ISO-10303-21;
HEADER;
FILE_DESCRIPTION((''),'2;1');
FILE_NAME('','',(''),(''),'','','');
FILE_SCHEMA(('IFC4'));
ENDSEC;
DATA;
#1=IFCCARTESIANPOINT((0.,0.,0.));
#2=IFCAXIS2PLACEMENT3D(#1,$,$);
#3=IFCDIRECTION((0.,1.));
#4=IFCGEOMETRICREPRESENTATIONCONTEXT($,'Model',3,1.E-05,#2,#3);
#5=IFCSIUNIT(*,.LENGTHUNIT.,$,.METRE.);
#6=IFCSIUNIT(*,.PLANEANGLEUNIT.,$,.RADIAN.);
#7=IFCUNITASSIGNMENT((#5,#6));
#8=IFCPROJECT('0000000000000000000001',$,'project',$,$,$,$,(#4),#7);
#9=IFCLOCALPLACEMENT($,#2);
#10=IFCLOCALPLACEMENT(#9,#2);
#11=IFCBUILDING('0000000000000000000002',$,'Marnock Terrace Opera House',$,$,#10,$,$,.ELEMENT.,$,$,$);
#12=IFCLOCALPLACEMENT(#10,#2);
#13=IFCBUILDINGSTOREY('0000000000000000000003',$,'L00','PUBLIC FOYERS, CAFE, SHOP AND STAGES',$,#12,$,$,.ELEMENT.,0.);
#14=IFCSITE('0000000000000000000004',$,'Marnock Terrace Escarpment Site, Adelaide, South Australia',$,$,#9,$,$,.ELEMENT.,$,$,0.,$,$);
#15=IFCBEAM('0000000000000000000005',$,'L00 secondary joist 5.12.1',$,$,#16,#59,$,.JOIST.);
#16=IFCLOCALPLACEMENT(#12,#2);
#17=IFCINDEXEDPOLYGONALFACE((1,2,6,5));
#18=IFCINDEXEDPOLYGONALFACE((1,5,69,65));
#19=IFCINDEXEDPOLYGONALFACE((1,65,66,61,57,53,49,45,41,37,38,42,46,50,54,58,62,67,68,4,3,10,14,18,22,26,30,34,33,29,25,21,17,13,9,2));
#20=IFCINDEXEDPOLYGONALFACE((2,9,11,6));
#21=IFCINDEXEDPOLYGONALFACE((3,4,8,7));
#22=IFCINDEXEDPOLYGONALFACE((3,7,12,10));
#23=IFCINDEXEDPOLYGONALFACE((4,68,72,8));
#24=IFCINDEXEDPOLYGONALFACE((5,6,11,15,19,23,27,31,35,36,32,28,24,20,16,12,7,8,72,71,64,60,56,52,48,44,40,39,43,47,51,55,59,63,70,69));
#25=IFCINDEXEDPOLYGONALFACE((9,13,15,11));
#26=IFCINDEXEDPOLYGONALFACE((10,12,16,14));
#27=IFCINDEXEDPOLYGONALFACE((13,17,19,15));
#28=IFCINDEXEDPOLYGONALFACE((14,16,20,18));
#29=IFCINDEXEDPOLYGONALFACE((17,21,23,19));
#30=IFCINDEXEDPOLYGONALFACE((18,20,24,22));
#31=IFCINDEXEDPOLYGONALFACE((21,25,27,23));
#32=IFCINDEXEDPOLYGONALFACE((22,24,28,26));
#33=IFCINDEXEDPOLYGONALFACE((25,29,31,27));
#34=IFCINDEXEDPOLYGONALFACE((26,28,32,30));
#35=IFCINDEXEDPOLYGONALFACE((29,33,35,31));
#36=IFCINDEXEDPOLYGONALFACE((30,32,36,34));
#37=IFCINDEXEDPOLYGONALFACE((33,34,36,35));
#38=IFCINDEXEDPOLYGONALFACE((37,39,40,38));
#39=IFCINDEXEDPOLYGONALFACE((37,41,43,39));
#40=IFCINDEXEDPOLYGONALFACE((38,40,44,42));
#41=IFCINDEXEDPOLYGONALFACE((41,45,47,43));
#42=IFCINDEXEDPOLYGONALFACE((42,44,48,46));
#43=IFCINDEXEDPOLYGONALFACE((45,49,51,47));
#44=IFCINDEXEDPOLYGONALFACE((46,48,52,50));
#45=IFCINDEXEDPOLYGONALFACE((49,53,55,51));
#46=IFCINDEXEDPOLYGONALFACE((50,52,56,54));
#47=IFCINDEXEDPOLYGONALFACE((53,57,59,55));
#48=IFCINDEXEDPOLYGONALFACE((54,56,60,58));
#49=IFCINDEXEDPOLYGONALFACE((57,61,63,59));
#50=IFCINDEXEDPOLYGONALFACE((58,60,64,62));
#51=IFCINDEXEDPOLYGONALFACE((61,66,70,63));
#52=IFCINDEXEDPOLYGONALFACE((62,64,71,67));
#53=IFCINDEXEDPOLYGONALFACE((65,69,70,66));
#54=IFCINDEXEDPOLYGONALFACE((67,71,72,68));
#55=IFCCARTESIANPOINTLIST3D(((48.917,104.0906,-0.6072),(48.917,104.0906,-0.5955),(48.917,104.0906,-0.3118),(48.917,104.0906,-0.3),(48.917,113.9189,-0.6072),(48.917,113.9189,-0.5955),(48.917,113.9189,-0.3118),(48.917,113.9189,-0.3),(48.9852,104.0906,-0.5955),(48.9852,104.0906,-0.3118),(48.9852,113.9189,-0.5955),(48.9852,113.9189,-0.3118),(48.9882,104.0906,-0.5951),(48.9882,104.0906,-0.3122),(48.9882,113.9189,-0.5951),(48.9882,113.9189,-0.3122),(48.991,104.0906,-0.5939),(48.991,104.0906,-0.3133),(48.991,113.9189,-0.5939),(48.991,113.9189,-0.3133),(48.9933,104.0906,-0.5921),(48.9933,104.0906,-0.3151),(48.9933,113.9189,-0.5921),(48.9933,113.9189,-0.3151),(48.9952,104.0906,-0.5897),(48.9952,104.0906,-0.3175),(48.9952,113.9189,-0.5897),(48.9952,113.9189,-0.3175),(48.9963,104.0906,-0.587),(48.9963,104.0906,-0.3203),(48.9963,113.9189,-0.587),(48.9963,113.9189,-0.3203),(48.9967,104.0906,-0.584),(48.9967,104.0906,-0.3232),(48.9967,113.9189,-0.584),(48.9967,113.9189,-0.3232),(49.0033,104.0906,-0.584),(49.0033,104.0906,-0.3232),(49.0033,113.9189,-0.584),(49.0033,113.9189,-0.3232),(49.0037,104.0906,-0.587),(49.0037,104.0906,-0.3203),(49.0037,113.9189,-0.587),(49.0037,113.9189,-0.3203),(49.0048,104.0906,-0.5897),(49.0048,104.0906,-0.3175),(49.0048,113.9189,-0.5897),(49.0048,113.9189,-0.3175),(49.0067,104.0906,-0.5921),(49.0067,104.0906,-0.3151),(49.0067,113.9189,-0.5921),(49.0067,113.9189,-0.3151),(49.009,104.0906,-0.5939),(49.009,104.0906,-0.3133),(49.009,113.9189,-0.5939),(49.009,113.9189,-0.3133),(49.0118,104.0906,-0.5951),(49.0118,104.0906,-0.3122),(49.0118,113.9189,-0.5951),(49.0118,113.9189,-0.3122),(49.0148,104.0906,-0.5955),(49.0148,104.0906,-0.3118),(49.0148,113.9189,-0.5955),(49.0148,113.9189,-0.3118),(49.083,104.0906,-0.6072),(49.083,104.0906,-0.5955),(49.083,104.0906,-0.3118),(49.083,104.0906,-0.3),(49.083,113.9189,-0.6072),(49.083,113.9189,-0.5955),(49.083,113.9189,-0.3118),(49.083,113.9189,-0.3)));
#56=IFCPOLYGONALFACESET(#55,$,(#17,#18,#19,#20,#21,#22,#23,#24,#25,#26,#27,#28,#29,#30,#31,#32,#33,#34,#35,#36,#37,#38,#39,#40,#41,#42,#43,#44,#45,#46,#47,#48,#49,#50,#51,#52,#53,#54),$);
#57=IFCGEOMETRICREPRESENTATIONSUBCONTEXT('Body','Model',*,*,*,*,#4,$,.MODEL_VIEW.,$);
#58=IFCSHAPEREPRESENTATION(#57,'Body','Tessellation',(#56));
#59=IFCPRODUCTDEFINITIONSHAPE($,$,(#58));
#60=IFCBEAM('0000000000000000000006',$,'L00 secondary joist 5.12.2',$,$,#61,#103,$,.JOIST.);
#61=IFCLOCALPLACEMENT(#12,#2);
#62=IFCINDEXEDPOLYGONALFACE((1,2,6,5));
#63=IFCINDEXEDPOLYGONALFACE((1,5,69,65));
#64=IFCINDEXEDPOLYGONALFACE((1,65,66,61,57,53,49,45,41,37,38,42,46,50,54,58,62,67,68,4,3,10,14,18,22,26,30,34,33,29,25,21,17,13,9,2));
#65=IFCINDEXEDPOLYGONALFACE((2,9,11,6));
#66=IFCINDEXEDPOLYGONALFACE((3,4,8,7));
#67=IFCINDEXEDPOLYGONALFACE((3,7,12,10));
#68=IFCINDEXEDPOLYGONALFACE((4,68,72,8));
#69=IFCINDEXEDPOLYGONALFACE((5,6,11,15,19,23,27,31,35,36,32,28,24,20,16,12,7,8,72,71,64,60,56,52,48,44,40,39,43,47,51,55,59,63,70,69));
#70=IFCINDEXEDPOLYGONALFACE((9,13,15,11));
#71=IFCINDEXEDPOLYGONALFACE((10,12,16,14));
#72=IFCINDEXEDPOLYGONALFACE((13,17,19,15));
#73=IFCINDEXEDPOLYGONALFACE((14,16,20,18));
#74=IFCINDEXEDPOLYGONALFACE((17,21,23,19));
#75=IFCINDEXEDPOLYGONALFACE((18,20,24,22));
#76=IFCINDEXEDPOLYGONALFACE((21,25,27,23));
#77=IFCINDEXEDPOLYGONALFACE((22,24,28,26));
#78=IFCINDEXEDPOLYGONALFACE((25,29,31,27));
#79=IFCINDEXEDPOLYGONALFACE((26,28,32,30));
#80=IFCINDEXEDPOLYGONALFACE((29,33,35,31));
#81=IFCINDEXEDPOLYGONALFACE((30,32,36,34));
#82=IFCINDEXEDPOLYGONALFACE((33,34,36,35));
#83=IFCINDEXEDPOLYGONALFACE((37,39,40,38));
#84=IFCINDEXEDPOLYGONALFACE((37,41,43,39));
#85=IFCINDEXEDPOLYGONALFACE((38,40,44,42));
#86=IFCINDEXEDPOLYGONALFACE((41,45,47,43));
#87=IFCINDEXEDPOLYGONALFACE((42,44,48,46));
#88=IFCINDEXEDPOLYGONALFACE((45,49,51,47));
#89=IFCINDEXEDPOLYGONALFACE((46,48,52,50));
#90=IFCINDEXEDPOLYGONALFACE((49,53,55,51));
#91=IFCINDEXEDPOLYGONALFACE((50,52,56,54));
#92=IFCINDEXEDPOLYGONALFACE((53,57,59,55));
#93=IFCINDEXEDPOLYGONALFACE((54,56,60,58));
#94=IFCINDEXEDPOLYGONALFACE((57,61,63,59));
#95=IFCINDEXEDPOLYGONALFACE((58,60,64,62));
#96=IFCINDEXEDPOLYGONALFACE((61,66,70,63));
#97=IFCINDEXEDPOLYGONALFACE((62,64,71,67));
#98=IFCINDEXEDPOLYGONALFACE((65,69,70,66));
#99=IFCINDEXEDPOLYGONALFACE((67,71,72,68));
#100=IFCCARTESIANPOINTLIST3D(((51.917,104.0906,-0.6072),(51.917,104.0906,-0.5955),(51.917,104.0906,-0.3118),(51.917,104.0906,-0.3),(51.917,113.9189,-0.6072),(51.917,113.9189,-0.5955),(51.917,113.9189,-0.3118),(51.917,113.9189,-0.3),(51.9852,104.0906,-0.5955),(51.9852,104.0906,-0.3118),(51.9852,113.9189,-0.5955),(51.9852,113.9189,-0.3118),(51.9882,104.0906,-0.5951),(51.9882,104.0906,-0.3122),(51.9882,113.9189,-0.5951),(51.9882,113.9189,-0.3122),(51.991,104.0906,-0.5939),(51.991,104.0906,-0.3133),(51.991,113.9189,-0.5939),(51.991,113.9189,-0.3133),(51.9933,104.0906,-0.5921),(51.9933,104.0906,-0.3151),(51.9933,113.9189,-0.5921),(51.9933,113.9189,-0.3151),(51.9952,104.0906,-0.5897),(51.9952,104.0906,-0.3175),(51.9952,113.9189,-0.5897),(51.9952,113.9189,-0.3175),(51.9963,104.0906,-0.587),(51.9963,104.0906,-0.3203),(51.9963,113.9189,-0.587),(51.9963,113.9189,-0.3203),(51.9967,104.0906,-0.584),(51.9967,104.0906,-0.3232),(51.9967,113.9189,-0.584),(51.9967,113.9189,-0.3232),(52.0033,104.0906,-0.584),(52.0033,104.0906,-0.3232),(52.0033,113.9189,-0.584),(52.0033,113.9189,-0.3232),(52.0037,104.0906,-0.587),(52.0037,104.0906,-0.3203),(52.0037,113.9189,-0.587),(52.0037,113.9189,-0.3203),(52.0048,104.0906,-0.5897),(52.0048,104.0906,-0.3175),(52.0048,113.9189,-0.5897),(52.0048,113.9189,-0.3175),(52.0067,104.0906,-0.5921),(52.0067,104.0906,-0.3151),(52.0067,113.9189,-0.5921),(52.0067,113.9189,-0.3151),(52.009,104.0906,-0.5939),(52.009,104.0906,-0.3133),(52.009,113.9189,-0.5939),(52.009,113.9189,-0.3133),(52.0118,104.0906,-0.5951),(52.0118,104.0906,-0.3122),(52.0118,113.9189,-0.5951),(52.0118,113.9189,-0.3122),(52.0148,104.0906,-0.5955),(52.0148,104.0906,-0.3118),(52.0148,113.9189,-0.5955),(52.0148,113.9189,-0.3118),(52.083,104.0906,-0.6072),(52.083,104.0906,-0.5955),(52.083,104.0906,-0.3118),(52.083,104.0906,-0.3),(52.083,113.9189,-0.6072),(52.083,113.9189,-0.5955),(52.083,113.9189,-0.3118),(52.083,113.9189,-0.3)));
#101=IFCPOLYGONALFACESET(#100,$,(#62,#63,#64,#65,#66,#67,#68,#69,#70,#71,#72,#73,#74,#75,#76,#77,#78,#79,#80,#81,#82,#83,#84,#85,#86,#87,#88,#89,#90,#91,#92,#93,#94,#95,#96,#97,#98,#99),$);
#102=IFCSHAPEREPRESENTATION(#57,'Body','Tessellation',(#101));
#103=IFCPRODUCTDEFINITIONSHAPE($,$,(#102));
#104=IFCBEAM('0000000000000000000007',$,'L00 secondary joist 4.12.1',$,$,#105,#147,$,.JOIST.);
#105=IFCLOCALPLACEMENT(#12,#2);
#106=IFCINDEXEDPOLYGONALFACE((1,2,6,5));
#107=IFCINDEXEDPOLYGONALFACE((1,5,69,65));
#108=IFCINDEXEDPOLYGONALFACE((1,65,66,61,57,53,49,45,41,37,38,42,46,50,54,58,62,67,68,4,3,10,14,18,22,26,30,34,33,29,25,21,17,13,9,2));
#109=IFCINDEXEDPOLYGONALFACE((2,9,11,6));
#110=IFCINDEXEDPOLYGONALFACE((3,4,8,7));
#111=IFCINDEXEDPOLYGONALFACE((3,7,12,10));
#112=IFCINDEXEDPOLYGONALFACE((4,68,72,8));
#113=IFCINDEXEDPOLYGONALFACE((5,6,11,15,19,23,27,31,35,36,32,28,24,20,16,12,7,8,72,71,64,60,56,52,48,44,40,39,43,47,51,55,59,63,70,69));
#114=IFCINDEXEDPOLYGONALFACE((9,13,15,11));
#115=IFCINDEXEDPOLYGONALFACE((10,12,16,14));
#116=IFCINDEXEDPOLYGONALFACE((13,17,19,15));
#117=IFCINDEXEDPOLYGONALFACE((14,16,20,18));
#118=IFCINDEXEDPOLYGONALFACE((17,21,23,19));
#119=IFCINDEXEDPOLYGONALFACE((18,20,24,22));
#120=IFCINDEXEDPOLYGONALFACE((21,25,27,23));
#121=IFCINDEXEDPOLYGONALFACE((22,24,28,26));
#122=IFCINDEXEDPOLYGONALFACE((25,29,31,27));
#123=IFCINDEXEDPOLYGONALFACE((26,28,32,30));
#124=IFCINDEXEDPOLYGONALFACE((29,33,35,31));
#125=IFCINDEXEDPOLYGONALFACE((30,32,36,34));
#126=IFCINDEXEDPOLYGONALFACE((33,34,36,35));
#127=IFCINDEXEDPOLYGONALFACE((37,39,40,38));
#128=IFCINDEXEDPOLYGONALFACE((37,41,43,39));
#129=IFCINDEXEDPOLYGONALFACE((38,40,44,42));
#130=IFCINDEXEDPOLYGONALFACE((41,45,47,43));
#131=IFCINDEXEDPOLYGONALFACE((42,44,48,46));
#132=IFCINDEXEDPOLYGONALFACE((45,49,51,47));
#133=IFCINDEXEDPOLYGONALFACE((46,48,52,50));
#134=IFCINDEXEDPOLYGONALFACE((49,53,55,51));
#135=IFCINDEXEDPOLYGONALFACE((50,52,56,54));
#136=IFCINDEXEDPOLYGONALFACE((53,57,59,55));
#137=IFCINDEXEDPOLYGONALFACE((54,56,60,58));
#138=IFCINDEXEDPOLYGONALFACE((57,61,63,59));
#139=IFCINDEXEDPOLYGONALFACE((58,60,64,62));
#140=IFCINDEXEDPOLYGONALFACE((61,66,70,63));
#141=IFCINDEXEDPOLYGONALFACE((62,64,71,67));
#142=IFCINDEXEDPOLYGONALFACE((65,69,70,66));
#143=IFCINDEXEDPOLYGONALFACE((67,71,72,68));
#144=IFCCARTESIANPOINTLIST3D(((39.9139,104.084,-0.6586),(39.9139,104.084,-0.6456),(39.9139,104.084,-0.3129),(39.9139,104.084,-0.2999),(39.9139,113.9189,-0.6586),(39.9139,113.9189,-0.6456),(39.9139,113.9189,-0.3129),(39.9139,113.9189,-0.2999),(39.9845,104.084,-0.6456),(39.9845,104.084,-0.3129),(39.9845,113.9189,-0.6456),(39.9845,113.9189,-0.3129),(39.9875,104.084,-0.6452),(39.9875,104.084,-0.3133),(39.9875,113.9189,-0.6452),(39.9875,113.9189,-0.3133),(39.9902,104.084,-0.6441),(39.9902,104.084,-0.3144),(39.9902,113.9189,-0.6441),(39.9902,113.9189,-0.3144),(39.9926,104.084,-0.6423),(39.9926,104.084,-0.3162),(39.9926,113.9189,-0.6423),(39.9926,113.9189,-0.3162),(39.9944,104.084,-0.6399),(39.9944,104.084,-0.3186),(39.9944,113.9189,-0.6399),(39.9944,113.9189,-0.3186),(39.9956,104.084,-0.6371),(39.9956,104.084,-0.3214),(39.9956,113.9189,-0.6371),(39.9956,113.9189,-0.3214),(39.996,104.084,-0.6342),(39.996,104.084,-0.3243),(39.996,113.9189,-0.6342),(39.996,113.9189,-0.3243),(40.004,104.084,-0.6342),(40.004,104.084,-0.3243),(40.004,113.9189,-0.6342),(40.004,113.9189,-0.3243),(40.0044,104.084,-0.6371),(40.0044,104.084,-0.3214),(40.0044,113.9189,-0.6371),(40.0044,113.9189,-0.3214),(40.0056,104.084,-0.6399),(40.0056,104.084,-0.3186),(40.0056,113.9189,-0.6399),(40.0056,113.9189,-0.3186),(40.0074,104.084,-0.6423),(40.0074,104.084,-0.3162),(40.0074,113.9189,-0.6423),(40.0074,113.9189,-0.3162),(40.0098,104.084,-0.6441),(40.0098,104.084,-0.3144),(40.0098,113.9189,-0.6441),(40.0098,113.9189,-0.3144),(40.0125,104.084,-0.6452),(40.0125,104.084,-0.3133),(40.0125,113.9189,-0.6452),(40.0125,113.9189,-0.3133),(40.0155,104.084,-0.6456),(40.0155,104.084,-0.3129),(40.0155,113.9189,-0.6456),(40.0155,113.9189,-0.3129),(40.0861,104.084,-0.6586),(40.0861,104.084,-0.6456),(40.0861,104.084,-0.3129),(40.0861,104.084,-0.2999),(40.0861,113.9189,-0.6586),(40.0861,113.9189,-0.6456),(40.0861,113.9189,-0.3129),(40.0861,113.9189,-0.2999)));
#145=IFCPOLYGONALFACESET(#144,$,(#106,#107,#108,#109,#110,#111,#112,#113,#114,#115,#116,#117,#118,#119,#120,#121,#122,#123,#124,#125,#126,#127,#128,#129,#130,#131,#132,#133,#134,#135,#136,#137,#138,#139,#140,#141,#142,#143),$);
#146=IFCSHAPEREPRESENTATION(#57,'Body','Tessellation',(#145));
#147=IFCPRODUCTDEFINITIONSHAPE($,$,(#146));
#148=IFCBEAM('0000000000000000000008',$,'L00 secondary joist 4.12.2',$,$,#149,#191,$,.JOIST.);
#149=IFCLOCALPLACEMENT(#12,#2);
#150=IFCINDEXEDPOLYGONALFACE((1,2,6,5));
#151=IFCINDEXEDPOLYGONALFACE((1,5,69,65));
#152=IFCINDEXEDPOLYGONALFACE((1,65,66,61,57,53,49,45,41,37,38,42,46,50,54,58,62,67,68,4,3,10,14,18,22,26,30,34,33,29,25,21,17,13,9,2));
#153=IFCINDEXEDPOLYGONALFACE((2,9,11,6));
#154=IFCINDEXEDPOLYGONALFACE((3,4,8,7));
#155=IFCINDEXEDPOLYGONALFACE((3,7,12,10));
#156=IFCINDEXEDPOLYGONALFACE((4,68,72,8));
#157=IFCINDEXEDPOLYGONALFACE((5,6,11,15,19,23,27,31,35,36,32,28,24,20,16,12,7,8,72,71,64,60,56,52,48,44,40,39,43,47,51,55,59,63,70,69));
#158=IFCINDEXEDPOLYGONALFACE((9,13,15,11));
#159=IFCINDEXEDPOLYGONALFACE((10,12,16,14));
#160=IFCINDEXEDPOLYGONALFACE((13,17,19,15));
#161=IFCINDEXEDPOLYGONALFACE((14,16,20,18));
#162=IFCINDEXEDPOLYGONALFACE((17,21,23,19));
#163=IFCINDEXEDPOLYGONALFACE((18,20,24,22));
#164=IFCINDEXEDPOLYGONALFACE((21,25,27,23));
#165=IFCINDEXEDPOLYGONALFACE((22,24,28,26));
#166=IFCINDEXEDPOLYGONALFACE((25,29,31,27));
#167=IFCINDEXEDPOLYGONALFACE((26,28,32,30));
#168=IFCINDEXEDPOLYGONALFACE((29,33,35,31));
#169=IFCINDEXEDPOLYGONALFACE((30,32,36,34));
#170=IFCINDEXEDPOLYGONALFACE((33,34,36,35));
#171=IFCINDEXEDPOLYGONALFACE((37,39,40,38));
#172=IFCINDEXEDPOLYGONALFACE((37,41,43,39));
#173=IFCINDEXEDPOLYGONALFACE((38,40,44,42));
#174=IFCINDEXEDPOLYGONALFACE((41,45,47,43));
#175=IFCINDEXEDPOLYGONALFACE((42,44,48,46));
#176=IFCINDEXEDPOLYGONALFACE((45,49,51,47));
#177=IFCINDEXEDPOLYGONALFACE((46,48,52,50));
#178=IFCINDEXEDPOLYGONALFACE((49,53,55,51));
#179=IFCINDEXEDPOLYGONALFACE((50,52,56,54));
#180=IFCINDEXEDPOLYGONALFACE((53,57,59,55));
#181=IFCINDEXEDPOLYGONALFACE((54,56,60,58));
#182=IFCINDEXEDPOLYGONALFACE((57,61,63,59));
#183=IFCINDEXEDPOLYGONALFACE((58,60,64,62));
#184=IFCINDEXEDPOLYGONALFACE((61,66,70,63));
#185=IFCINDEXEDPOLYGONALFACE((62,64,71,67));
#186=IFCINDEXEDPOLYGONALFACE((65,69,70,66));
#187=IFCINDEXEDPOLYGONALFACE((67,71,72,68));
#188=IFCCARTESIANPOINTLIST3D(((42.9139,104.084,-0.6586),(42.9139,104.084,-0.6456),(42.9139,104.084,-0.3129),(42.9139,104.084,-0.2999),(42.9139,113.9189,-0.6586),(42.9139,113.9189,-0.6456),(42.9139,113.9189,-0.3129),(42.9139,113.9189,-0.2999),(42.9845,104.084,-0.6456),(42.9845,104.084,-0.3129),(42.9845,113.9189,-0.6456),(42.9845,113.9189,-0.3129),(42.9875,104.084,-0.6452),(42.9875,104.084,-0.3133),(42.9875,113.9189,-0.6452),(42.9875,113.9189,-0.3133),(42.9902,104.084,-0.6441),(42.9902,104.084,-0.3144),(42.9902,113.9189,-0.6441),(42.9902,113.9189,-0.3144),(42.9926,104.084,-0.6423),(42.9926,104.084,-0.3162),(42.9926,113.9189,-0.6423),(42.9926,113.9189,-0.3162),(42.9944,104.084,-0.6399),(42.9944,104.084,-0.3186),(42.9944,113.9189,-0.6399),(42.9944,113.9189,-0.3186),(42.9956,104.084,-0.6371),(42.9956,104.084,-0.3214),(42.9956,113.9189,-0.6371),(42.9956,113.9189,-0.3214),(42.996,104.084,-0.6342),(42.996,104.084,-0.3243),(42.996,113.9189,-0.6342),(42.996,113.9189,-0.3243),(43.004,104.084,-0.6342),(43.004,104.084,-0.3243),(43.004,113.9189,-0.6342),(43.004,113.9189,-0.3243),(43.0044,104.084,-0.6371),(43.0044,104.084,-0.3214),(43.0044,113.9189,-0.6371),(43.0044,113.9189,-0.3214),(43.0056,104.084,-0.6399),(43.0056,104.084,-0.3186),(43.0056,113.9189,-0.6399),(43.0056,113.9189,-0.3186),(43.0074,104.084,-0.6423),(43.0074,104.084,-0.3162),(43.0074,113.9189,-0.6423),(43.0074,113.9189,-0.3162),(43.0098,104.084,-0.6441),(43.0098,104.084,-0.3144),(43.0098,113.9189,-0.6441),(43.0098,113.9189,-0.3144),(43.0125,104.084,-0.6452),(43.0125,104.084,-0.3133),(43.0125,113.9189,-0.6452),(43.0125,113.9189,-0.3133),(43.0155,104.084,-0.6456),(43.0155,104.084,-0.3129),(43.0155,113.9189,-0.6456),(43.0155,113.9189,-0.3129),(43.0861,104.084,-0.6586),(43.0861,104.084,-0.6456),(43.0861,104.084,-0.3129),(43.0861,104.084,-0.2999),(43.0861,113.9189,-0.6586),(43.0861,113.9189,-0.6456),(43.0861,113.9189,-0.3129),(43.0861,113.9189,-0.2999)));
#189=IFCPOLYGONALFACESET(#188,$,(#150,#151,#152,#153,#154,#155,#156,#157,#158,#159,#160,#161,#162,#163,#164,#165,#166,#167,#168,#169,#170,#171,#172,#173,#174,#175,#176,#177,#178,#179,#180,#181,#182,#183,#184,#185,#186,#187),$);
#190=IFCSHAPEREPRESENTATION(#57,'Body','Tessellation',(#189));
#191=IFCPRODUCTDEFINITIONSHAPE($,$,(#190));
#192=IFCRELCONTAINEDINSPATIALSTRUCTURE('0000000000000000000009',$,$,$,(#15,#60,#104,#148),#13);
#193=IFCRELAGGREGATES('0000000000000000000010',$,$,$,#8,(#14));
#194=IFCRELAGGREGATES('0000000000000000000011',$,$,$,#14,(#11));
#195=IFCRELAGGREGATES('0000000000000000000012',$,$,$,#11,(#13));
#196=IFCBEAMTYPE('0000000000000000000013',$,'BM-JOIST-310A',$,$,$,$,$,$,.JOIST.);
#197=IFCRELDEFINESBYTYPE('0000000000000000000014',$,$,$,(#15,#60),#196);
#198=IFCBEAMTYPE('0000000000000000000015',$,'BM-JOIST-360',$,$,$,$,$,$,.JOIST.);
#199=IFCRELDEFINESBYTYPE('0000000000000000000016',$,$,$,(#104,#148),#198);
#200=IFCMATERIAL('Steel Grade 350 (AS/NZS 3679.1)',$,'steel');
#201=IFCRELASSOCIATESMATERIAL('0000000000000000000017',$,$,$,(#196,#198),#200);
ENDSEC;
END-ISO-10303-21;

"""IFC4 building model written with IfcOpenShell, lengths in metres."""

from ifc_helpers import new_model, si_unit, direction, frame, origin, origin_2d, place, context, subcontext, project, spatial, i_section, extrude, material, material_profile, profile_set, type_object, element, save


model = new_model("IFC4")

# Units and contexts
model_context = context("Model", 3, precision=1e-05, world=origin(), true_north=direction((0.0, 1.0)))
body_context = subcontext(model_context, "Body", "Model", "MODEL_VIEW")
ifc_project = project(units=[si_unit("LENGTHUNIT", "METRE"), si_unit("PLANEANGLEUNIT", "RADIAN")], contexts=[model_context])

# Site, building, storey
site_placement = place(None, origin())
site = spatial("IfcSite", under=ifc_project, at=site_placement, Name="Marnock Terrace Escarpment Site, Adelaide, South Australia", CompositionType="ELEMENT", RefElevation=0.0)
building_placement = place(site_placement, origin())
building = spatial("IfcBuilding", under=site, at=building_placement, Name="Marnock Terrace Opera House", CompositionType="ELEMENT")
storey_placement = place(building_placement, origin())
storey = spatial("IfcBuildingStorey", under=building, at=storey_placement, Name="L00", Description="PUBLIC FOYERS, CAFE, SHOP AND STAGES", CompositionType="ELEMENT", Elevation=0.0)

# Shared definitions
ifc_material_1 = material(Name="Steel Grade 350 (AS/NZS 3679.1)", Category="steel")

# Beams
ifc_material_profile_1 = material_profile(ifc_material_1, i_section(OverallWidth=0.166, OverallDepth=0.3071, WebThickness=0.0066, FlangeThickness=0.0117, FilletRadius=0.0115, at=origin_2d()))
ifc_profile_set_1 = profile_set([ifc_material_profile_1], Name="Steel Grade 350 (AS/NZS 3679.1)")
beam_type_1 = type_object("IfcBeamType", Name="BM-JOIST-310A", PredefinedType="JOIST", material=ifc_profile_set_1)
for number, where, z_axis, x_axis, name in (
    (1, (49.0, 104.0906, -0.4536), (0.0, 1.0, 0.0), (-1.0, 0.0, 0.0), "L00 secondary joist 5.12.1"),
    (2, (52.0, 104.0906, -0.4536), (0.0, 1.0, 0.0), (-1.0, 0.0, 0.0), "L00 secondary joist 5.12.2"),
):
    element("IfcBeam", number, at=place(storey_placement, frame(where, z_axis=z_axis, x_axis=x_axis)), inside=storey, type_object=beam_type_1, Name=name, PredefinedType="JOIST", context=body_context, shape_type="SweptSolid", body=[
        extrude(i_section(OverallWidth=0.166, OverallDepth=0.3071, WebThickness=0.0066, FlangeThickness=0.0117, FilletRadius=0.0115, at=origin_2d()), origin(), (0.0, 0.0, 1.0), 9.8284),
    ])
ifc_material_profile_2 = material_profile(ifc_material_1, i_section(OverallWidth=0.1721, OverallDepth=0.3586, WebThickness=0.0081, FlangeThickness=0.0129, FilletRadius=0.0115, at=origin_2d()))
ifc_profile_set_2 = profile_set([ifc_material_profile_2], Name="Steel Grade 350 (AS/NZS 3679.1)")
beam_type_2 = type_object("IfcBeamType", Name="BM-JOIST-360", PredefinedType="JOIST", material=ifc_profile_set_2)
for number, where, z_axis, x_axis, name in (
    (3, (40.0, 104.084, -0.4792), (0.0, 1.0, 0.0), (-1.0, 0.0, 0.0), "L00 secondary joist 4.12.1"),
    (4, (43.0, 104.084, -0.4792), (0.0, 1.0, 0.0), (-1.0, 0.0, 0.0), "L00 secondary joist 4.12.2"),
):
    element("IfcBeam", number, at=place(storey_placement, frame(where, z_axis=z_axis, x_axis=x_axis)), inside=storey, type_object=beam_type_2, Name=name, PredefinedType="JOIST", context=body_context, shape_type="SweptSolid", body=[
        extrude(i_section(OverallWidth=0.1721, OverallDepth=0.3586, WebThickness=0.0081, FlangeThickness=0.0129, FilletRadius=0.0115, at=origin_2d()), origin(), (0.0, 0.0, 1.0), 9.835),
    ])

save(model, "model.ifc")
